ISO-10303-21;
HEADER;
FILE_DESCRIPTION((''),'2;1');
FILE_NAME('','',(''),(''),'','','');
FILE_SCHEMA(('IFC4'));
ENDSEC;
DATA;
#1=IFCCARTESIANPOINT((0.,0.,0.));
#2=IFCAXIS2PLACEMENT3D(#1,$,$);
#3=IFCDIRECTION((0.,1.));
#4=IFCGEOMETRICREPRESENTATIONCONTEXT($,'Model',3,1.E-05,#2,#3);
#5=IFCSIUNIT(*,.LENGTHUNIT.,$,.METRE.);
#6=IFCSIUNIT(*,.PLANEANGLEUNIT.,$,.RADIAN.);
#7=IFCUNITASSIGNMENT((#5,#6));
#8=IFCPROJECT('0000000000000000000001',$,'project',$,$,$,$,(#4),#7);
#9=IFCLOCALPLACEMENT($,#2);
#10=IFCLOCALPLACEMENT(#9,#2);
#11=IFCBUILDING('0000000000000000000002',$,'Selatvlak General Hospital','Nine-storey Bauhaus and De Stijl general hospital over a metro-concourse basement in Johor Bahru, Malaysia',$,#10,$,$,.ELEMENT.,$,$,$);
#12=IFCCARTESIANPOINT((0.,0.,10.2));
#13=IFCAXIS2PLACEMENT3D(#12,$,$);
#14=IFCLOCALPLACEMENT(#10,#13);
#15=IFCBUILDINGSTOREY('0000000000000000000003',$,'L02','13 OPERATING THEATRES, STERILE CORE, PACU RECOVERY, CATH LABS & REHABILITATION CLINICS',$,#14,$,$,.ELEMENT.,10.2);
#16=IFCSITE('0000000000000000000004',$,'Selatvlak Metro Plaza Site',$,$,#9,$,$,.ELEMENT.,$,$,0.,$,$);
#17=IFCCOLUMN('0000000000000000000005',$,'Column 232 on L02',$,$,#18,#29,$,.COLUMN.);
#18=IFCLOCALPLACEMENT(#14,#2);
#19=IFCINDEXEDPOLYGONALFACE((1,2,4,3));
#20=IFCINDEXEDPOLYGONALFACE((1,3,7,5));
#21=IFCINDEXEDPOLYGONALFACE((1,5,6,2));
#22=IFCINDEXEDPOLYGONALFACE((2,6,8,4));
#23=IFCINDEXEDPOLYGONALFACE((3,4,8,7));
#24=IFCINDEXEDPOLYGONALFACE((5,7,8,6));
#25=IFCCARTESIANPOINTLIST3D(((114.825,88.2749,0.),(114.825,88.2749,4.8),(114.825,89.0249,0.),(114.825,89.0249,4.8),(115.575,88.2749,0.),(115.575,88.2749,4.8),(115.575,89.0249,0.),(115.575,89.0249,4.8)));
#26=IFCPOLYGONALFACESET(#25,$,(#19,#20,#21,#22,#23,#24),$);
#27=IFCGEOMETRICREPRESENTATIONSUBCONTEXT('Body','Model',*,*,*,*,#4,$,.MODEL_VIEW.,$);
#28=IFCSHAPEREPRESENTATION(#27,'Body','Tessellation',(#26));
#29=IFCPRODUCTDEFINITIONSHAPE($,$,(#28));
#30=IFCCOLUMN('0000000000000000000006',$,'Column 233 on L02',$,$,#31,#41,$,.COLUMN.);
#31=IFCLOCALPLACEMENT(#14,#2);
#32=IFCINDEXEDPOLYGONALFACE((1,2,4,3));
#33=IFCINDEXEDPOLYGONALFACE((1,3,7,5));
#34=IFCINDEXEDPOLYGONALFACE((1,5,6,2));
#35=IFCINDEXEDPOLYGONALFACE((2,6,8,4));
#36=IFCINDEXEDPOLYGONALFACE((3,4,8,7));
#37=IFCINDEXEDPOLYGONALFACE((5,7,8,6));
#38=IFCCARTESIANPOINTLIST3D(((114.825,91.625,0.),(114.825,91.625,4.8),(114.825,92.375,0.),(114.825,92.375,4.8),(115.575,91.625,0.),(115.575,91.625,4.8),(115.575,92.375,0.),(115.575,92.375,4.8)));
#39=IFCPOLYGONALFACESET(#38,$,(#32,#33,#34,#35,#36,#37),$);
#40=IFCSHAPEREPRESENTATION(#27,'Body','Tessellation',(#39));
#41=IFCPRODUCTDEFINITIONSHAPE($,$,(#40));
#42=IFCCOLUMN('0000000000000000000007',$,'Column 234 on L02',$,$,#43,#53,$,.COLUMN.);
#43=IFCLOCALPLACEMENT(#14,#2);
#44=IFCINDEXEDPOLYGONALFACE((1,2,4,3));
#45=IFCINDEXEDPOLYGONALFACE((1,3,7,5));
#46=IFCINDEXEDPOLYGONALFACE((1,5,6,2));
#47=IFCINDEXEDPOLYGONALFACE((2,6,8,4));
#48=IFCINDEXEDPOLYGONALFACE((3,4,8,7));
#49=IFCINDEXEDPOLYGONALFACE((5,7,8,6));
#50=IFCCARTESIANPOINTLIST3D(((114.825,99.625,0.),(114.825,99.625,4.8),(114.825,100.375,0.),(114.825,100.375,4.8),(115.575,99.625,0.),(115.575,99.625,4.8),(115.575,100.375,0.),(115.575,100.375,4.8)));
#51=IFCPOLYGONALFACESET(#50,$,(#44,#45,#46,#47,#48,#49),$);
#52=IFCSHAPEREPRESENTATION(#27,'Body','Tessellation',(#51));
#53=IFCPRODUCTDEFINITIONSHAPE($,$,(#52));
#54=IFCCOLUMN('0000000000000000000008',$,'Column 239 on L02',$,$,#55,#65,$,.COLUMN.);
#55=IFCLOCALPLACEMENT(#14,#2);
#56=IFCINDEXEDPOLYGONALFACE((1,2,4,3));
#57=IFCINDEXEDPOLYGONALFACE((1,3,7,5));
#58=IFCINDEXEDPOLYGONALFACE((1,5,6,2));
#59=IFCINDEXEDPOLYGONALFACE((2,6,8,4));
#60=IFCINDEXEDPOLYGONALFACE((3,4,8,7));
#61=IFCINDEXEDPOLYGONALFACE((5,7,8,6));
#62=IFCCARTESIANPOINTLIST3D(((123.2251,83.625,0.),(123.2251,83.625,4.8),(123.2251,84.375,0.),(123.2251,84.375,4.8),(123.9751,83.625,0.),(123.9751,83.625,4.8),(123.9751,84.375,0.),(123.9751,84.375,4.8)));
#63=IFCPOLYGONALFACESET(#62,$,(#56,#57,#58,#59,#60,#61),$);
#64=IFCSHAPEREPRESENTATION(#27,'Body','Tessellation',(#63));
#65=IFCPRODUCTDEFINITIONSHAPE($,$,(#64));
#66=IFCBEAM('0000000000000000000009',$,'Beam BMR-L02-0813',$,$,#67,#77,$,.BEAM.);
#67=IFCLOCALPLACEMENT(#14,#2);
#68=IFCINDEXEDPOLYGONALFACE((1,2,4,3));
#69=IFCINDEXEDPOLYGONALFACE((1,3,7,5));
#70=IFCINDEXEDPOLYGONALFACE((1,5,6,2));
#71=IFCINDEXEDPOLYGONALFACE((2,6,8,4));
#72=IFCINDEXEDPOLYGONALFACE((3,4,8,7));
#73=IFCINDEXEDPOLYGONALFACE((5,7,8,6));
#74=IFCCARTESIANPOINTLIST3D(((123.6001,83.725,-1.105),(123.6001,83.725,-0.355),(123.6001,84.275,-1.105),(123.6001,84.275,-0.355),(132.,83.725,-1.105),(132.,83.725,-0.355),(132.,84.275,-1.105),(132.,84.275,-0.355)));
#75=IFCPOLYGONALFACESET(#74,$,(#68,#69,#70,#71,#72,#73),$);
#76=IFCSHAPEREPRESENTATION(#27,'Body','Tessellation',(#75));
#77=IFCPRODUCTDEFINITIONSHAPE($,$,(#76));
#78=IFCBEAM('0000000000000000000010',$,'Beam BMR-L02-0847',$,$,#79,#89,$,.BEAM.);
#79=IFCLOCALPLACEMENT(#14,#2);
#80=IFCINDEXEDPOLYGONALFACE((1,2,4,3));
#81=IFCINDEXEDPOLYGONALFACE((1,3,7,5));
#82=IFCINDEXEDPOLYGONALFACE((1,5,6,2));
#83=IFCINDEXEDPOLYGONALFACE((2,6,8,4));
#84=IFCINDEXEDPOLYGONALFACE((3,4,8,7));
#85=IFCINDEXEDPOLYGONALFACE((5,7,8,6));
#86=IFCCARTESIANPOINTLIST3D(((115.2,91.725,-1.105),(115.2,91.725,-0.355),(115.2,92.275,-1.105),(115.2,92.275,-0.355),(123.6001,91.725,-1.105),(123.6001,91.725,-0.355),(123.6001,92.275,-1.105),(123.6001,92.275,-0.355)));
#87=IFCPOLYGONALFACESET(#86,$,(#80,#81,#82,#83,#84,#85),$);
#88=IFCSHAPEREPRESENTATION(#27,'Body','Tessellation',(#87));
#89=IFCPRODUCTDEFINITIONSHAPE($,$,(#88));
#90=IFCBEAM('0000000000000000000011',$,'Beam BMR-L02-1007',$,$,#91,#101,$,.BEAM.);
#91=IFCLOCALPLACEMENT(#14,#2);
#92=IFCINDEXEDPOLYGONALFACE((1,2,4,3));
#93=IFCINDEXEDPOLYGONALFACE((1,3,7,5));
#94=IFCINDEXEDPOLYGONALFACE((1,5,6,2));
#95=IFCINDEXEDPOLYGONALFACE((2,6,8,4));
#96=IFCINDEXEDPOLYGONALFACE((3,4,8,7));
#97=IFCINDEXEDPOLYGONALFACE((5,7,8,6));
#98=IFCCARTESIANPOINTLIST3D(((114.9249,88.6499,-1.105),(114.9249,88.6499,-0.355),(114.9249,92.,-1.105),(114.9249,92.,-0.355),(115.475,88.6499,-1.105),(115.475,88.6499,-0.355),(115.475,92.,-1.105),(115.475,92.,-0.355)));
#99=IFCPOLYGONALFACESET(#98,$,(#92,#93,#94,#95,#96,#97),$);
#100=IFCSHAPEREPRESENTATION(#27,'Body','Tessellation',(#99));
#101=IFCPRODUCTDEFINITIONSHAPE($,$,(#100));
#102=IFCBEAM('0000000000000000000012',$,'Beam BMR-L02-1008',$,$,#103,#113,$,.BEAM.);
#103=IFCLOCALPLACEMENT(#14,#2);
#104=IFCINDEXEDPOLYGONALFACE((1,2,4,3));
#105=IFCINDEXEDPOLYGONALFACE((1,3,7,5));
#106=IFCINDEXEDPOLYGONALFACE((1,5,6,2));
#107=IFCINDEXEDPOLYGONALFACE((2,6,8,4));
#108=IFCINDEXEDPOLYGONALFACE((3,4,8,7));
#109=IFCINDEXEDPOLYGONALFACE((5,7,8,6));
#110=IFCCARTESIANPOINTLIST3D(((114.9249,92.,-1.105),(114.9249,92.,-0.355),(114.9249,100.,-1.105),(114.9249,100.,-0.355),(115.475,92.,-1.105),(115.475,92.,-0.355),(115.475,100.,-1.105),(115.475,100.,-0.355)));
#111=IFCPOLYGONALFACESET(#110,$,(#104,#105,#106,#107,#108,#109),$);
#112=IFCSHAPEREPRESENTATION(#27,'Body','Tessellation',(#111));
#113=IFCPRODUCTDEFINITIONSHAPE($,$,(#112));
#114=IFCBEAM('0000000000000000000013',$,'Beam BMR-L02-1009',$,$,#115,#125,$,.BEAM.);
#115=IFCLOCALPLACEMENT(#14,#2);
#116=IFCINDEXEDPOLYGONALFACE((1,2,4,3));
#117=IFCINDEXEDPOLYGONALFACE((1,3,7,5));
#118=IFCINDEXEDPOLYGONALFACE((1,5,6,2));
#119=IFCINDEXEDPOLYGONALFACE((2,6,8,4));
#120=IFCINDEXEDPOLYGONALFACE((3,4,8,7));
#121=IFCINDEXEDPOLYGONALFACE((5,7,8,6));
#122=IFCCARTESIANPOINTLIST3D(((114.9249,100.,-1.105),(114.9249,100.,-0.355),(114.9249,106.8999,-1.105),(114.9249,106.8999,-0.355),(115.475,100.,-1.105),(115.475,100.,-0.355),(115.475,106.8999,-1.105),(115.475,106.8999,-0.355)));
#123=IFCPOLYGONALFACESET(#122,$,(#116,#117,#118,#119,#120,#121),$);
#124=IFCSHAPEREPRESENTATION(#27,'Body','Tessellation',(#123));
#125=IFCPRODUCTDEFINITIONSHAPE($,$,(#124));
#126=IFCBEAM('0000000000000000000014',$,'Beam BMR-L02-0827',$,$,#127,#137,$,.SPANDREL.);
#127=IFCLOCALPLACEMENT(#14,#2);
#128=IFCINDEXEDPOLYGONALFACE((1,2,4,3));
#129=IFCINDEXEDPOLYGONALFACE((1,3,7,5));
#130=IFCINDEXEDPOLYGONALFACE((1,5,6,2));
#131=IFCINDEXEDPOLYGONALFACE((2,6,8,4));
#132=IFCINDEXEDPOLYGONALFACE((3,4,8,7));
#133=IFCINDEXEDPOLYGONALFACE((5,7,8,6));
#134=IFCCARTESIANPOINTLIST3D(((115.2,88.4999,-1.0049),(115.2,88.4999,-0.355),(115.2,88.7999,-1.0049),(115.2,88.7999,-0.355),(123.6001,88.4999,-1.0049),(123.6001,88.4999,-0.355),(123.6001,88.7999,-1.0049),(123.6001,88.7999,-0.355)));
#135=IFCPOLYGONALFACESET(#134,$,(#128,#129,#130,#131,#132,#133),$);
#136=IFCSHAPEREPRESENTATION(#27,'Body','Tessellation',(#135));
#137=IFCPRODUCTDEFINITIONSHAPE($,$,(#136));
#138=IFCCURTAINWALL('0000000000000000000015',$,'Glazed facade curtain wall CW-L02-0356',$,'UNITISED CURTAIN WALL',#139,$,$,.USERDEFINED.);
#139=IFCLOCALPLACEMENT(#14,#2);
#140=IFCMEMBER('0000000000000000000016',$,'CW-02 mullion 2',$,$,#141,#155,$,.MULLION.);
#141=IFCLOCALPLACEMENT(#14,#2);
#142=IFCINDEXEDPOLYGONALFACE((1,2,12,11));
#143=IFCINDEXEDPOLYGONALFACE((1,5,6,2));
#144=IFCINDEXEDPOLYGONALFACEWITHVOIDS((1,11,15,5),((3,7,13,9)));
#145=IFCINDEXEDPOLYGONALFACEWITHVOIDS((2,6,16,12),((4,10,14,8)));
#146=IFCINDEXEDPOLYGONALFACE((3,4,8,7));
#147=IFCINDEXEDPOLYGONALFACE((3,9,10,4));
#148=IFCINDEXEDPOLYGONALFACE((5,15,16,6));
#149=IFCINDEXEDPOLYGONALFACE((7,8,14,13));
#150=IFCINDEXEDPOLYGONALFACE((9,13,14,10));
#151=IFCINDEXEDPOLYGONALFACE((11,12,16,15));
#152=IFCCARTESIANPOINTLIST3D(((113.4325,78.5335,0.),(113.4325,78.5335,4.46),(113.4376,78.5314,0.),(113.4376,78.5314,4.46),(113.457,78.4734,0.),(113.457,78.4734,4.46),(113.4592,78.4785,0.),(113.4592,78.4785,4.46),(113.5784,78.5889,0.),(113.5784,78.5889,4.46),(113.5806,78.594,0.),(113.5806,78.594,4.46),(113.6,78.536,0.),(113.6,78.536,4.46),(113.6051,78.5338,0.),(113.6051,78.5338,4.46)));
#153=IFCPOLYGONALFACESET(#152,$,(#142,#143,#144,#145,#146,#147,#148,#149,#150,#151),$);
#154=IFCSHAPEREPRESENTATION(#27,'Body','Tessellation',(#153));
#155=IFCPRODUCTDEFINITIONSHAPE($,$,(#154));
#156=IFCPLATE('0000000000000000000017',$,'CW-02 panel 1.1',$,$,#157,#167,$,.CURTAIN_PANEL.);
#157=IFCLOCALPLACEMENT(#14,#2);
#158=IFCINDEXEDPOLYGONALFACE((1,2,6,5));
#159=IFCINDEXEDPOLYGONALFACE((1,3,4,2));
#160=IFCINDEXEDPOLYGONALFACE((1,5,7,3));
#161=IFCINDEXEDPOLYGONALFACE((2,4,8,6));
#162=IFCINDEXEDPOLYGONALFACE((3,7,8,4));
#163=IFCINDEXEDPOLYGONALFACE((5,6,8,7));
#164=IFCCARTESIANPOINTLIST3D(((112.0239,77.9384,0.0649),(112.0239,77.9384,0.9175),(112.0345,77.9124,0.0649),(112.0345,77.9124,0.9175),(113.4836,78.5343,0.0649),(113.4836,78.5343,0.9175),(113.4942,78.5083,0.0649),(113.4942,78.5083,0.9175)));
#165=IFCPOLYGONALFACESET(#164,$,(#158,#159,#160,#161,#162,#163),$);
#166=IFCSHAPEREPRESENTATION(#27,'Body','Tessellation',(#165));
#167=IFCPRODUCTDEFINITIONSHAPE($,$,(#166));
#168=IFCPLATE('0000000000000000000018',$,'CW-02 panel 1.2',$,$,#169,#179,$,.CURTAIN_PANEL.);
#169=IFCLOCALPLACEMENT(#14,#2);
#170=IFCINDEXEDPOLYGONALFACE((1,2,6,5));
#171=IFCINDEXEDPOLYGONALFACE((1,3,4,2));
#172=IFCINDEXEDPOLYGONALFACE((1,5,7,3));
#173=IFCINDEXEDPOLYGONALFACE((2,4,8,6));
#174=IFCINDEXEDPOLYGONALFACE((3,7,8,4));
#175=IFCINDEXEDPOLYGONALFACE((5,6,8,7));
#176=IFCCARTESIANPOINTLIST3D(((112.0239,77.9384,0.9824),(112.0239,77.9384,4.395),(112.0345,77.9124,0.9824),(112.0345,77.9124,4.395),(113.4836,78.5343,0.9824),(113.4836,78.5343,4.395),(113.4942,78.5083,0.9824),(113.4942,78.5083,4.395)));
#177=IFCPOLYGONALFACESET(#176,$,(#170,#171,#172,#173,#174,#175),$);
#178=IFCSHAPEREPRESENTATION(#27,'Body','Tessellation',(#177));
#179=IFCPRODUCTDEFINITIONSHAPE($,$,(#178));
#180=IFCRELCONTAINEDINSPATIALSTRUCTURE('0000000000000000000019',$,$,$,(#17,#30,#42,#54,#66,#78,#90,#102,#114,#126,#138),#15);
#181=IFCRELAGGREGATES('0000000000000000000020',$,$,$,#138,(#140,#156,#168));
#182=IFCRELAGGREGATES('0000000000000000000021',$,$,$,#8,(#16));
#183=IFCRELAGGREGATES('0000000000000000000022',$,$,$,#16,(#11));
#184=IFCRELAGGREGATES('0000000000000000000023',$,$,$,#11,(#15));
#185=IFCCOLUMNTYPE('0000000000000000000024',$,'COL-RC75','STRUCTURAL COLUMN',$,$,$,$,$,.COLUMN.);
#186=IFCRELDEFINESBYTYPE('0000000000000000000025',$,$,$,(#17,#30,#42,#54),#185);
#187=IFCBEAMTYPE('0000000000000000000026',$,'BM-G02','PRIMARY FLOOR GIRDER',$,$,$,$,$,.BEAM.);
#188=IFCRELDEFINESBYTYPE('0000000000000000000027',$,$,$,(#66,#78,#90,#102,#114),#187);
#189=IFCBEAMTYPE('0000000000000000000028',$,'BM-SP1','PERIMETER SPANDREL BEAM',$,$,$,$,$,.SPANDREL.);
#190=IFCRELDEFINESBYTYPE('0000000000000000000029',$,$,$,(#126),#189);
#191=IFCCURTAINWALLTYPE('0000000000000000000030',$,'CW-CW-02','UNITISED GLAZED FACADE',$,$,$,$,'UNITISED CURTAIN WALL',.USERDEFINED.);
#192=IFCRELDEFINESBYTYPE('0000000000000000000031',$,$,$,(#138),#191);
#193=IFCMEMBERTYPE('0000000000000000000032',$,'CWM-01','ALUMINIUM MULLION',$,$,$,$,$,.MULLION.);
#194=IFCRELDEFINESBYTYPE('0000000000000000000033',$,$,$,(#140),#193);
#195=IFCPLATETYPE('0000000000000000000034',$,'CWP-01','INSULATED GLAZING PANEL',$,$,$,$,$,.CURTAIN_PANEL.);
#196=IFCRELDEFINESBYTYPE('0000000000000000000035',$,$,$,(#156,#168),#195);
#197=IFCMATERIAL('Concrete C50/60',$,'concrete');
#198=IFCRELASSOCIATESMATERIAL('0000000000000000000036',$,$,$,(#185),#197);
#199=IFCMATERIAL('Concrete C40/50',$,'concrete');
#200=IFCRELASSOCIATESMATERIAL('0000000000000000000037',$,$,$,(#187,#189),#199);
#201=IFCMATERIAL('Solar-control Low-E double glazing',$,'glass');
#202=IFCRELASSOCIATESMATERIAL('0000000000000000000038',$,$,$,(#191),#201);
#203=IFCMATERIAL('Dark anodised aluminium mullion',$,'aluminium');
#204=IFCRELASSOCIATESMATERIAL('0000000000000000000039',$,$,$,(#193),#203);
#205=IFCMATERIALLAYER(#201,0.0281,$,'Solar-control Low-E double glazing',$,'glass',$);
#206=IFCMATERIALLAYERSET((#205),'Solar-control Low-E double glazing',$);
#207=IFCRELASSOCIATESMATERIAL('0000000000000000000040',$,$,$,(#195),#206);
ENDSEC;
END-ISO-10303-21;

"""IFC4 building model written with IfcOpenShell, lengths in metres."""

from ifc_helpers import new_model, si_unit, direction, frame, origin, origin_2d, place, context, subcontext, project, spatial, rectangle, hollow_rectangle, extrude, material, layer, layer_set, material_profile, profile_set, type_object, element, aggregate, save


model = new_model("IFC4")

# Units and contexts
model_context = context("Model", 3, precision=1e-05, world=origin(), true_north=direction((0.0, 1.0)))
body_context = subcontext(model_context, "Body", "Model", "MODEL_VIEW")
ifc_project = project(units=[si_unit("LENGTHUNIT", "METRE"), si_unit("PLANEANGLEUNIT", "RADIAN")], contexts=[model_context])

# Site, building, storey
site_placement = place(None, origin())
site = spatial("IfcSite", under=ifc_project, at=site_placement, Name="Selatvlak Metro Plaza Site", CompositionType="ELEMENT", RefElevation=0.0)
building_placement = place(site_placement, origin())
building = spatial("IfcBuilding", under=site, at=building_placement, Name="Selatvlak General Hospital", Description="Nine-storey Bauhaus and De Stijl general hospital over a metro-concourse basement in Johor Bahru, Malaysia", CompositionType="ELEMENT")
storey_placement = place(building_placement, frame((0.0, 0.0, 10.2)))
storey = spatial("IfcBuildingStorey", under=building, at=storey_placement, Name="L02", Description="13 OPERATING THEATRES, STERILE CORE, PACU RECOVERY, CATH LABS & REHABILITATION CLINICS", CompositionType="ELEMENT", Elevation=10.2)

# Columns
ifc_material_1 = material(Name="Concrete C50/60", Category="concrete")
ifc_material_profile_1 = material_profile(ifc_material_1, rectangle(XDim=0.75, YDim=0.75, at=origin_2d()), Name="RC-COL 750x750")
ifc_profile_set_1 = profile_set([ifc_material_profile_1], Name="Concrete C50/60")
column_type = type_object("IfcColumnType", Name="COL-RC75", Description="STRUCTURAL COLUMN", PredefinedType="COLUMN", material=ifc_profile_set_1)
for number, where, z_axis, x_axis, name in (
    (1, (115.2, 88.6499, 0.0), (0.0, 0.0, 1.0), (1.0, 0.0, 0.0), "Column 232 on L02"),
    (2, (115.2, 92.0, 0.0), (0.0, 0.0, 1.0), (1.0, 0.0, 0.0), "Column 233 on L02"),
    (3, (115.2, 100.0, 0.0), (0.0, 0.0, 1.0), (1.0, 0.0, 0.0), "Column 234 on L02"),
    (4, (123.6001, 84.0, 0.0), (0.0, 0.0, 1.0), (1.0, 0.0, 0.0), "Column 239 on L02"),
):
    element("IfcColumn", number, at=place(storey_placement, frame(where, z_axis=z_axis, x_axis=x_axis)), inside=storey, type_object=column_type, Name=name, PredefinedType="COLUMN", context=body_context, shape_type="SweptSolid", body=[
        extrude(rectangle(XDim=0.75, YDim=0.75, at=origin_2d()), origin(), (0.0, 0.0, 1.0), 4.8),
    ])

# Beams
ifc_material_2 = material(Name="Concrete C40/50", Category="concrete")
ifc_material_profile_2 = material_profile(ifc_material_2, rectangle(XDim=0.55, YDim=0.75, at=origin_2d()), Name="RC-BM 550x750")
ifc_profile_set_2 = profile_set([ifc_material_profile_2], Name="Concrete C40/50")
beam_type_1 = type_object("IfcBeamType", Name="BM-G02", Description="PRIMARY FLOOR GIRDER", PredefinedType="BEAM", material=ifc_profile_set_2)
beam_1_placement = place(storey_placement, frame((123.6001, 84.0, -0.73), z_axis=(1.0, 0.0, 0.0), x_axis=(0.0, 1.0, 0.0)))
element("IfcBeam", 5, at=beam_1_placement, inside=storey, type_object=beam_type_1, Name="Beam BMR-L02-0813", PredefinedType="BEAM", context=body_context, shape_type="SweptSolid", body=[
    extrude(rectangle(XDim=0.55, YDim=0.75, at=origin_2d()), origin(), (0.0, 0.0, 1.0), 8.3999),
])
beam_2_placement = place(storey_placement, frame((115.2, 92.0, -0.73), z_axis=(1.0, 0.0, 0.0), x_axis=(0.0, 1.0, 0.0)))
element("IfcBeam", 6, at=beam_2_placement, inside=storey, type_object=beam_type_1, Name="Beam BMR-L02-0847", PredefinedType="BEAM", context=body_context, shape_type="SweptSolid", body=[
    extrude(rectangle(XDim=0.55, YDim=0.75, at=origin_2d()), origin(), (0.0, 0.0, 1.0), 8.4001),
])
beam_3_placement = place(storey_placement, frame((115.2, 88.6499, -0.73), z_axis=(0.0, 1.0, 0.0), x_axis=(-1.0, 0.0, 0.0)))
element("IfcBeam", 7, at=beam_3_placement, inside=storey, type_object=beam_type_1, Name="Beam BMR-L02-1007", PredefinedType="BEAM", context=body_context, shape_type="SweptSolid", body=[
    extrude(rectangle(XDim=0.55, YDim=0.75, at=origin_2d()), origin(), (0.0, 0.0, 1.0), 3.3501),
])
beam_4_placement = place(storey_placement, frame((115.2, 92.0, -0.73), z_axis=(0.0, 1.0, 0.0), x_axis=(-1.0, 0.0, 0.0)))
element("IfcBeam", 8, at=beam_4_placement, inside=storey, type_object=beam_type_1, Name="Beam BMR-L02-1008", PredefinedType="BEAM", context=body_context, shape_type="SweptSolid", body=[
    extrude(rectangle(XDim=0.55, YDim=0.75, at=origin_2d()), origin(), (0.0, 0.0, 1.0), 8.0),
])
beam_5_placement = place(storey_placement, frame((115.2, 100.0, -0.73), z_axis=(0.0, 1.0, 0.0), x_axis=(-1.0, 0.0, 0.0)))
element("IfcBeam", 9, at=beam_5_placement, inside=storey, type_object=beam_type_1, Name="Beam BMR-L02-1009", PredefinedType="BEAM", context=body_context, shape_type="SweptSolid", body=[
    extrude(rectangle(XDim=0.55, YDim=0.75, at=origin_2d()), origin(), (0.0, 0.0, 1.0), 6.8999),
])
ifc_material_profile_3 = material_profile(ifc_material_2, rectangle(XDim=0.3, YDim=0.6499, at=origin_2d()), Name="RC-SP 300x650")
ifc_profile_set_3 = profile_set([ifc_material_profile_3], Name="Concrete C40/50")
beam_type_2 = type_object("IfcBeamType", Name="BM-SP1", Description="PERIMETER SPANDREL BEAM", PredefinedType="SPANDREL", material=ifc_profile_set_3)
beam_6_placement = place(storey_placement, frame((115.2, 88.6499, -0.6799), z_axis=(1.0, 0.0, 0.0), x_axis=(0.0, 1.0, 0.0)))
element("IfcBeam", 10, at=beam_6_placement, inside=storey, type_object=beam_type_2, Name="Beam BMR-L02-0827", PredefinedType="SPANDREL", context=body_context, shape_type="SweptSolid", body=[
    extrude(rectangle(XDim=0.3, YDim=0.6499, at=origin_2d()), origin(), (0.0, 0.0, 1.0), 8.4001),
])

# Curtain wall, member, plates
ifc_material_3 = material(Name="Solar-control Low-E double glazing", Category="glass")
curtain_wall_type = type_object("IfcCurtainWallType", Name="CW-CW-02", Description="UNITISED GLAZED FACADE", ElementType="UNITISED CURTAIN WALL", PredefinedType="USERDEFINED", material=ifc_material_3)
curtain_wall_placement = place(storey_placement, origin())
curtain_wall = element("IfcCurtainWall", 11, at=curtain_wall_placement, inside=storey, type_object=curtain_wall_type, Name="Glazed facade curtain wall CW-L02-0356", ObjectType="UNITISED CURTAIN WALL", PredefinedType="USERDEFINED")
ifc_material_4 = material(Name="Dark anodised aluminium mullion", Category="aluminium")
ifc_material_profile_4 = material_profile(ifc_material_4, hollow_rectangle(XDim=0.0649, YDim=0.1599, WallThickness=0.0039, at=origin_2d()), Name="AL-MUL 65x160x4")
ifc_profile_set_4 = profile_set([ifc_material_profile_4], Name="Dark anodised aluminium mullion")
member_type = type_object("IfcMemberType", Name="CWM-01", Description="ALUMINIUM MULLION", PredefinedType="MULLION", material=ifc_profile_set_4)
member_placement = place(storey_placement, frame((113.5188, 78.5337, 0.0), z_axis=(0.0, 0.0, 1.0), x_axis=(-0.377948, 0.925827, 0.0)))
member = element("IfcMember", 12, at=member_placement, type_object=member_type, Name="CW-02 mullion 2", PredefinedType="MULLION", context=body_context, shape_type="SweptSolid", body=[
    extrude(hollow_rectangle(XDim=0.0649, YDim=0.1599, WallThickness=0.0039, at=origin_2d()), origin(), (0.0, 0.0, 1.0), 4.46),
])
ifc_layer_1 = layer(ifc_material_3, 0.0281, Name="Solar-control Low-E double glazing", Category="glass")
ifc_layer_set_1 = layer_set([ifc_layer_1], Name="Solar-control Low-E double glazing")
plate_type = type_object("IfcPlateType", Name="CWP-01", Description="INSULATED GLAZING PANEL", PredefinedType="CURTAIN_PANEL", material=ifc_layer_set_1)
plate_1_placement = place(storey_placement, frame((112.759, 78.2234, 0.0649), z_axis=(0.0, 0.0, 1.0), x_axis=(0.925827, 0.377948, 0.0)))
plate_1 = element("IfcPlate", 13, at=plate_1_placement, type_object=plate_type, Name="CW-02 panel 1.1", PredefinedType="CURTAIN_PANEL", context=body_context, shape_type="SweptSolid", body=[
    extrude(rectangle(XDim=1.5767, YDim=0.0281, at=origin_2d()), origin(), (0.0, 0.0, 1.0), 0.8525),
])
plate_2_placement = place(storey_placement, frame((112.759, 78.2234, 0.9824), z_axis=(0.0, 0.0, 1.0), x_axis=(0.925827, 0.377948, 0.0)))
plate_2 = element("IfcPlate", 14, at=plate_2_placement, type_object=plate_type, Name="CW-02 panel 1.2", PredefinedType="CURTAIN_PANEL", context=body_context, shape_type="SweptSolid", body=[
    extrude(rectangle(XDim=1.5767, YDim=0.0281, at=origin_2d()), origin(), (0.0, 0.0, 1.0), 3.4126),
])
aggregate(curtain_wall, [member, plate_1, plate_2])

save(model, "model.ifc")
